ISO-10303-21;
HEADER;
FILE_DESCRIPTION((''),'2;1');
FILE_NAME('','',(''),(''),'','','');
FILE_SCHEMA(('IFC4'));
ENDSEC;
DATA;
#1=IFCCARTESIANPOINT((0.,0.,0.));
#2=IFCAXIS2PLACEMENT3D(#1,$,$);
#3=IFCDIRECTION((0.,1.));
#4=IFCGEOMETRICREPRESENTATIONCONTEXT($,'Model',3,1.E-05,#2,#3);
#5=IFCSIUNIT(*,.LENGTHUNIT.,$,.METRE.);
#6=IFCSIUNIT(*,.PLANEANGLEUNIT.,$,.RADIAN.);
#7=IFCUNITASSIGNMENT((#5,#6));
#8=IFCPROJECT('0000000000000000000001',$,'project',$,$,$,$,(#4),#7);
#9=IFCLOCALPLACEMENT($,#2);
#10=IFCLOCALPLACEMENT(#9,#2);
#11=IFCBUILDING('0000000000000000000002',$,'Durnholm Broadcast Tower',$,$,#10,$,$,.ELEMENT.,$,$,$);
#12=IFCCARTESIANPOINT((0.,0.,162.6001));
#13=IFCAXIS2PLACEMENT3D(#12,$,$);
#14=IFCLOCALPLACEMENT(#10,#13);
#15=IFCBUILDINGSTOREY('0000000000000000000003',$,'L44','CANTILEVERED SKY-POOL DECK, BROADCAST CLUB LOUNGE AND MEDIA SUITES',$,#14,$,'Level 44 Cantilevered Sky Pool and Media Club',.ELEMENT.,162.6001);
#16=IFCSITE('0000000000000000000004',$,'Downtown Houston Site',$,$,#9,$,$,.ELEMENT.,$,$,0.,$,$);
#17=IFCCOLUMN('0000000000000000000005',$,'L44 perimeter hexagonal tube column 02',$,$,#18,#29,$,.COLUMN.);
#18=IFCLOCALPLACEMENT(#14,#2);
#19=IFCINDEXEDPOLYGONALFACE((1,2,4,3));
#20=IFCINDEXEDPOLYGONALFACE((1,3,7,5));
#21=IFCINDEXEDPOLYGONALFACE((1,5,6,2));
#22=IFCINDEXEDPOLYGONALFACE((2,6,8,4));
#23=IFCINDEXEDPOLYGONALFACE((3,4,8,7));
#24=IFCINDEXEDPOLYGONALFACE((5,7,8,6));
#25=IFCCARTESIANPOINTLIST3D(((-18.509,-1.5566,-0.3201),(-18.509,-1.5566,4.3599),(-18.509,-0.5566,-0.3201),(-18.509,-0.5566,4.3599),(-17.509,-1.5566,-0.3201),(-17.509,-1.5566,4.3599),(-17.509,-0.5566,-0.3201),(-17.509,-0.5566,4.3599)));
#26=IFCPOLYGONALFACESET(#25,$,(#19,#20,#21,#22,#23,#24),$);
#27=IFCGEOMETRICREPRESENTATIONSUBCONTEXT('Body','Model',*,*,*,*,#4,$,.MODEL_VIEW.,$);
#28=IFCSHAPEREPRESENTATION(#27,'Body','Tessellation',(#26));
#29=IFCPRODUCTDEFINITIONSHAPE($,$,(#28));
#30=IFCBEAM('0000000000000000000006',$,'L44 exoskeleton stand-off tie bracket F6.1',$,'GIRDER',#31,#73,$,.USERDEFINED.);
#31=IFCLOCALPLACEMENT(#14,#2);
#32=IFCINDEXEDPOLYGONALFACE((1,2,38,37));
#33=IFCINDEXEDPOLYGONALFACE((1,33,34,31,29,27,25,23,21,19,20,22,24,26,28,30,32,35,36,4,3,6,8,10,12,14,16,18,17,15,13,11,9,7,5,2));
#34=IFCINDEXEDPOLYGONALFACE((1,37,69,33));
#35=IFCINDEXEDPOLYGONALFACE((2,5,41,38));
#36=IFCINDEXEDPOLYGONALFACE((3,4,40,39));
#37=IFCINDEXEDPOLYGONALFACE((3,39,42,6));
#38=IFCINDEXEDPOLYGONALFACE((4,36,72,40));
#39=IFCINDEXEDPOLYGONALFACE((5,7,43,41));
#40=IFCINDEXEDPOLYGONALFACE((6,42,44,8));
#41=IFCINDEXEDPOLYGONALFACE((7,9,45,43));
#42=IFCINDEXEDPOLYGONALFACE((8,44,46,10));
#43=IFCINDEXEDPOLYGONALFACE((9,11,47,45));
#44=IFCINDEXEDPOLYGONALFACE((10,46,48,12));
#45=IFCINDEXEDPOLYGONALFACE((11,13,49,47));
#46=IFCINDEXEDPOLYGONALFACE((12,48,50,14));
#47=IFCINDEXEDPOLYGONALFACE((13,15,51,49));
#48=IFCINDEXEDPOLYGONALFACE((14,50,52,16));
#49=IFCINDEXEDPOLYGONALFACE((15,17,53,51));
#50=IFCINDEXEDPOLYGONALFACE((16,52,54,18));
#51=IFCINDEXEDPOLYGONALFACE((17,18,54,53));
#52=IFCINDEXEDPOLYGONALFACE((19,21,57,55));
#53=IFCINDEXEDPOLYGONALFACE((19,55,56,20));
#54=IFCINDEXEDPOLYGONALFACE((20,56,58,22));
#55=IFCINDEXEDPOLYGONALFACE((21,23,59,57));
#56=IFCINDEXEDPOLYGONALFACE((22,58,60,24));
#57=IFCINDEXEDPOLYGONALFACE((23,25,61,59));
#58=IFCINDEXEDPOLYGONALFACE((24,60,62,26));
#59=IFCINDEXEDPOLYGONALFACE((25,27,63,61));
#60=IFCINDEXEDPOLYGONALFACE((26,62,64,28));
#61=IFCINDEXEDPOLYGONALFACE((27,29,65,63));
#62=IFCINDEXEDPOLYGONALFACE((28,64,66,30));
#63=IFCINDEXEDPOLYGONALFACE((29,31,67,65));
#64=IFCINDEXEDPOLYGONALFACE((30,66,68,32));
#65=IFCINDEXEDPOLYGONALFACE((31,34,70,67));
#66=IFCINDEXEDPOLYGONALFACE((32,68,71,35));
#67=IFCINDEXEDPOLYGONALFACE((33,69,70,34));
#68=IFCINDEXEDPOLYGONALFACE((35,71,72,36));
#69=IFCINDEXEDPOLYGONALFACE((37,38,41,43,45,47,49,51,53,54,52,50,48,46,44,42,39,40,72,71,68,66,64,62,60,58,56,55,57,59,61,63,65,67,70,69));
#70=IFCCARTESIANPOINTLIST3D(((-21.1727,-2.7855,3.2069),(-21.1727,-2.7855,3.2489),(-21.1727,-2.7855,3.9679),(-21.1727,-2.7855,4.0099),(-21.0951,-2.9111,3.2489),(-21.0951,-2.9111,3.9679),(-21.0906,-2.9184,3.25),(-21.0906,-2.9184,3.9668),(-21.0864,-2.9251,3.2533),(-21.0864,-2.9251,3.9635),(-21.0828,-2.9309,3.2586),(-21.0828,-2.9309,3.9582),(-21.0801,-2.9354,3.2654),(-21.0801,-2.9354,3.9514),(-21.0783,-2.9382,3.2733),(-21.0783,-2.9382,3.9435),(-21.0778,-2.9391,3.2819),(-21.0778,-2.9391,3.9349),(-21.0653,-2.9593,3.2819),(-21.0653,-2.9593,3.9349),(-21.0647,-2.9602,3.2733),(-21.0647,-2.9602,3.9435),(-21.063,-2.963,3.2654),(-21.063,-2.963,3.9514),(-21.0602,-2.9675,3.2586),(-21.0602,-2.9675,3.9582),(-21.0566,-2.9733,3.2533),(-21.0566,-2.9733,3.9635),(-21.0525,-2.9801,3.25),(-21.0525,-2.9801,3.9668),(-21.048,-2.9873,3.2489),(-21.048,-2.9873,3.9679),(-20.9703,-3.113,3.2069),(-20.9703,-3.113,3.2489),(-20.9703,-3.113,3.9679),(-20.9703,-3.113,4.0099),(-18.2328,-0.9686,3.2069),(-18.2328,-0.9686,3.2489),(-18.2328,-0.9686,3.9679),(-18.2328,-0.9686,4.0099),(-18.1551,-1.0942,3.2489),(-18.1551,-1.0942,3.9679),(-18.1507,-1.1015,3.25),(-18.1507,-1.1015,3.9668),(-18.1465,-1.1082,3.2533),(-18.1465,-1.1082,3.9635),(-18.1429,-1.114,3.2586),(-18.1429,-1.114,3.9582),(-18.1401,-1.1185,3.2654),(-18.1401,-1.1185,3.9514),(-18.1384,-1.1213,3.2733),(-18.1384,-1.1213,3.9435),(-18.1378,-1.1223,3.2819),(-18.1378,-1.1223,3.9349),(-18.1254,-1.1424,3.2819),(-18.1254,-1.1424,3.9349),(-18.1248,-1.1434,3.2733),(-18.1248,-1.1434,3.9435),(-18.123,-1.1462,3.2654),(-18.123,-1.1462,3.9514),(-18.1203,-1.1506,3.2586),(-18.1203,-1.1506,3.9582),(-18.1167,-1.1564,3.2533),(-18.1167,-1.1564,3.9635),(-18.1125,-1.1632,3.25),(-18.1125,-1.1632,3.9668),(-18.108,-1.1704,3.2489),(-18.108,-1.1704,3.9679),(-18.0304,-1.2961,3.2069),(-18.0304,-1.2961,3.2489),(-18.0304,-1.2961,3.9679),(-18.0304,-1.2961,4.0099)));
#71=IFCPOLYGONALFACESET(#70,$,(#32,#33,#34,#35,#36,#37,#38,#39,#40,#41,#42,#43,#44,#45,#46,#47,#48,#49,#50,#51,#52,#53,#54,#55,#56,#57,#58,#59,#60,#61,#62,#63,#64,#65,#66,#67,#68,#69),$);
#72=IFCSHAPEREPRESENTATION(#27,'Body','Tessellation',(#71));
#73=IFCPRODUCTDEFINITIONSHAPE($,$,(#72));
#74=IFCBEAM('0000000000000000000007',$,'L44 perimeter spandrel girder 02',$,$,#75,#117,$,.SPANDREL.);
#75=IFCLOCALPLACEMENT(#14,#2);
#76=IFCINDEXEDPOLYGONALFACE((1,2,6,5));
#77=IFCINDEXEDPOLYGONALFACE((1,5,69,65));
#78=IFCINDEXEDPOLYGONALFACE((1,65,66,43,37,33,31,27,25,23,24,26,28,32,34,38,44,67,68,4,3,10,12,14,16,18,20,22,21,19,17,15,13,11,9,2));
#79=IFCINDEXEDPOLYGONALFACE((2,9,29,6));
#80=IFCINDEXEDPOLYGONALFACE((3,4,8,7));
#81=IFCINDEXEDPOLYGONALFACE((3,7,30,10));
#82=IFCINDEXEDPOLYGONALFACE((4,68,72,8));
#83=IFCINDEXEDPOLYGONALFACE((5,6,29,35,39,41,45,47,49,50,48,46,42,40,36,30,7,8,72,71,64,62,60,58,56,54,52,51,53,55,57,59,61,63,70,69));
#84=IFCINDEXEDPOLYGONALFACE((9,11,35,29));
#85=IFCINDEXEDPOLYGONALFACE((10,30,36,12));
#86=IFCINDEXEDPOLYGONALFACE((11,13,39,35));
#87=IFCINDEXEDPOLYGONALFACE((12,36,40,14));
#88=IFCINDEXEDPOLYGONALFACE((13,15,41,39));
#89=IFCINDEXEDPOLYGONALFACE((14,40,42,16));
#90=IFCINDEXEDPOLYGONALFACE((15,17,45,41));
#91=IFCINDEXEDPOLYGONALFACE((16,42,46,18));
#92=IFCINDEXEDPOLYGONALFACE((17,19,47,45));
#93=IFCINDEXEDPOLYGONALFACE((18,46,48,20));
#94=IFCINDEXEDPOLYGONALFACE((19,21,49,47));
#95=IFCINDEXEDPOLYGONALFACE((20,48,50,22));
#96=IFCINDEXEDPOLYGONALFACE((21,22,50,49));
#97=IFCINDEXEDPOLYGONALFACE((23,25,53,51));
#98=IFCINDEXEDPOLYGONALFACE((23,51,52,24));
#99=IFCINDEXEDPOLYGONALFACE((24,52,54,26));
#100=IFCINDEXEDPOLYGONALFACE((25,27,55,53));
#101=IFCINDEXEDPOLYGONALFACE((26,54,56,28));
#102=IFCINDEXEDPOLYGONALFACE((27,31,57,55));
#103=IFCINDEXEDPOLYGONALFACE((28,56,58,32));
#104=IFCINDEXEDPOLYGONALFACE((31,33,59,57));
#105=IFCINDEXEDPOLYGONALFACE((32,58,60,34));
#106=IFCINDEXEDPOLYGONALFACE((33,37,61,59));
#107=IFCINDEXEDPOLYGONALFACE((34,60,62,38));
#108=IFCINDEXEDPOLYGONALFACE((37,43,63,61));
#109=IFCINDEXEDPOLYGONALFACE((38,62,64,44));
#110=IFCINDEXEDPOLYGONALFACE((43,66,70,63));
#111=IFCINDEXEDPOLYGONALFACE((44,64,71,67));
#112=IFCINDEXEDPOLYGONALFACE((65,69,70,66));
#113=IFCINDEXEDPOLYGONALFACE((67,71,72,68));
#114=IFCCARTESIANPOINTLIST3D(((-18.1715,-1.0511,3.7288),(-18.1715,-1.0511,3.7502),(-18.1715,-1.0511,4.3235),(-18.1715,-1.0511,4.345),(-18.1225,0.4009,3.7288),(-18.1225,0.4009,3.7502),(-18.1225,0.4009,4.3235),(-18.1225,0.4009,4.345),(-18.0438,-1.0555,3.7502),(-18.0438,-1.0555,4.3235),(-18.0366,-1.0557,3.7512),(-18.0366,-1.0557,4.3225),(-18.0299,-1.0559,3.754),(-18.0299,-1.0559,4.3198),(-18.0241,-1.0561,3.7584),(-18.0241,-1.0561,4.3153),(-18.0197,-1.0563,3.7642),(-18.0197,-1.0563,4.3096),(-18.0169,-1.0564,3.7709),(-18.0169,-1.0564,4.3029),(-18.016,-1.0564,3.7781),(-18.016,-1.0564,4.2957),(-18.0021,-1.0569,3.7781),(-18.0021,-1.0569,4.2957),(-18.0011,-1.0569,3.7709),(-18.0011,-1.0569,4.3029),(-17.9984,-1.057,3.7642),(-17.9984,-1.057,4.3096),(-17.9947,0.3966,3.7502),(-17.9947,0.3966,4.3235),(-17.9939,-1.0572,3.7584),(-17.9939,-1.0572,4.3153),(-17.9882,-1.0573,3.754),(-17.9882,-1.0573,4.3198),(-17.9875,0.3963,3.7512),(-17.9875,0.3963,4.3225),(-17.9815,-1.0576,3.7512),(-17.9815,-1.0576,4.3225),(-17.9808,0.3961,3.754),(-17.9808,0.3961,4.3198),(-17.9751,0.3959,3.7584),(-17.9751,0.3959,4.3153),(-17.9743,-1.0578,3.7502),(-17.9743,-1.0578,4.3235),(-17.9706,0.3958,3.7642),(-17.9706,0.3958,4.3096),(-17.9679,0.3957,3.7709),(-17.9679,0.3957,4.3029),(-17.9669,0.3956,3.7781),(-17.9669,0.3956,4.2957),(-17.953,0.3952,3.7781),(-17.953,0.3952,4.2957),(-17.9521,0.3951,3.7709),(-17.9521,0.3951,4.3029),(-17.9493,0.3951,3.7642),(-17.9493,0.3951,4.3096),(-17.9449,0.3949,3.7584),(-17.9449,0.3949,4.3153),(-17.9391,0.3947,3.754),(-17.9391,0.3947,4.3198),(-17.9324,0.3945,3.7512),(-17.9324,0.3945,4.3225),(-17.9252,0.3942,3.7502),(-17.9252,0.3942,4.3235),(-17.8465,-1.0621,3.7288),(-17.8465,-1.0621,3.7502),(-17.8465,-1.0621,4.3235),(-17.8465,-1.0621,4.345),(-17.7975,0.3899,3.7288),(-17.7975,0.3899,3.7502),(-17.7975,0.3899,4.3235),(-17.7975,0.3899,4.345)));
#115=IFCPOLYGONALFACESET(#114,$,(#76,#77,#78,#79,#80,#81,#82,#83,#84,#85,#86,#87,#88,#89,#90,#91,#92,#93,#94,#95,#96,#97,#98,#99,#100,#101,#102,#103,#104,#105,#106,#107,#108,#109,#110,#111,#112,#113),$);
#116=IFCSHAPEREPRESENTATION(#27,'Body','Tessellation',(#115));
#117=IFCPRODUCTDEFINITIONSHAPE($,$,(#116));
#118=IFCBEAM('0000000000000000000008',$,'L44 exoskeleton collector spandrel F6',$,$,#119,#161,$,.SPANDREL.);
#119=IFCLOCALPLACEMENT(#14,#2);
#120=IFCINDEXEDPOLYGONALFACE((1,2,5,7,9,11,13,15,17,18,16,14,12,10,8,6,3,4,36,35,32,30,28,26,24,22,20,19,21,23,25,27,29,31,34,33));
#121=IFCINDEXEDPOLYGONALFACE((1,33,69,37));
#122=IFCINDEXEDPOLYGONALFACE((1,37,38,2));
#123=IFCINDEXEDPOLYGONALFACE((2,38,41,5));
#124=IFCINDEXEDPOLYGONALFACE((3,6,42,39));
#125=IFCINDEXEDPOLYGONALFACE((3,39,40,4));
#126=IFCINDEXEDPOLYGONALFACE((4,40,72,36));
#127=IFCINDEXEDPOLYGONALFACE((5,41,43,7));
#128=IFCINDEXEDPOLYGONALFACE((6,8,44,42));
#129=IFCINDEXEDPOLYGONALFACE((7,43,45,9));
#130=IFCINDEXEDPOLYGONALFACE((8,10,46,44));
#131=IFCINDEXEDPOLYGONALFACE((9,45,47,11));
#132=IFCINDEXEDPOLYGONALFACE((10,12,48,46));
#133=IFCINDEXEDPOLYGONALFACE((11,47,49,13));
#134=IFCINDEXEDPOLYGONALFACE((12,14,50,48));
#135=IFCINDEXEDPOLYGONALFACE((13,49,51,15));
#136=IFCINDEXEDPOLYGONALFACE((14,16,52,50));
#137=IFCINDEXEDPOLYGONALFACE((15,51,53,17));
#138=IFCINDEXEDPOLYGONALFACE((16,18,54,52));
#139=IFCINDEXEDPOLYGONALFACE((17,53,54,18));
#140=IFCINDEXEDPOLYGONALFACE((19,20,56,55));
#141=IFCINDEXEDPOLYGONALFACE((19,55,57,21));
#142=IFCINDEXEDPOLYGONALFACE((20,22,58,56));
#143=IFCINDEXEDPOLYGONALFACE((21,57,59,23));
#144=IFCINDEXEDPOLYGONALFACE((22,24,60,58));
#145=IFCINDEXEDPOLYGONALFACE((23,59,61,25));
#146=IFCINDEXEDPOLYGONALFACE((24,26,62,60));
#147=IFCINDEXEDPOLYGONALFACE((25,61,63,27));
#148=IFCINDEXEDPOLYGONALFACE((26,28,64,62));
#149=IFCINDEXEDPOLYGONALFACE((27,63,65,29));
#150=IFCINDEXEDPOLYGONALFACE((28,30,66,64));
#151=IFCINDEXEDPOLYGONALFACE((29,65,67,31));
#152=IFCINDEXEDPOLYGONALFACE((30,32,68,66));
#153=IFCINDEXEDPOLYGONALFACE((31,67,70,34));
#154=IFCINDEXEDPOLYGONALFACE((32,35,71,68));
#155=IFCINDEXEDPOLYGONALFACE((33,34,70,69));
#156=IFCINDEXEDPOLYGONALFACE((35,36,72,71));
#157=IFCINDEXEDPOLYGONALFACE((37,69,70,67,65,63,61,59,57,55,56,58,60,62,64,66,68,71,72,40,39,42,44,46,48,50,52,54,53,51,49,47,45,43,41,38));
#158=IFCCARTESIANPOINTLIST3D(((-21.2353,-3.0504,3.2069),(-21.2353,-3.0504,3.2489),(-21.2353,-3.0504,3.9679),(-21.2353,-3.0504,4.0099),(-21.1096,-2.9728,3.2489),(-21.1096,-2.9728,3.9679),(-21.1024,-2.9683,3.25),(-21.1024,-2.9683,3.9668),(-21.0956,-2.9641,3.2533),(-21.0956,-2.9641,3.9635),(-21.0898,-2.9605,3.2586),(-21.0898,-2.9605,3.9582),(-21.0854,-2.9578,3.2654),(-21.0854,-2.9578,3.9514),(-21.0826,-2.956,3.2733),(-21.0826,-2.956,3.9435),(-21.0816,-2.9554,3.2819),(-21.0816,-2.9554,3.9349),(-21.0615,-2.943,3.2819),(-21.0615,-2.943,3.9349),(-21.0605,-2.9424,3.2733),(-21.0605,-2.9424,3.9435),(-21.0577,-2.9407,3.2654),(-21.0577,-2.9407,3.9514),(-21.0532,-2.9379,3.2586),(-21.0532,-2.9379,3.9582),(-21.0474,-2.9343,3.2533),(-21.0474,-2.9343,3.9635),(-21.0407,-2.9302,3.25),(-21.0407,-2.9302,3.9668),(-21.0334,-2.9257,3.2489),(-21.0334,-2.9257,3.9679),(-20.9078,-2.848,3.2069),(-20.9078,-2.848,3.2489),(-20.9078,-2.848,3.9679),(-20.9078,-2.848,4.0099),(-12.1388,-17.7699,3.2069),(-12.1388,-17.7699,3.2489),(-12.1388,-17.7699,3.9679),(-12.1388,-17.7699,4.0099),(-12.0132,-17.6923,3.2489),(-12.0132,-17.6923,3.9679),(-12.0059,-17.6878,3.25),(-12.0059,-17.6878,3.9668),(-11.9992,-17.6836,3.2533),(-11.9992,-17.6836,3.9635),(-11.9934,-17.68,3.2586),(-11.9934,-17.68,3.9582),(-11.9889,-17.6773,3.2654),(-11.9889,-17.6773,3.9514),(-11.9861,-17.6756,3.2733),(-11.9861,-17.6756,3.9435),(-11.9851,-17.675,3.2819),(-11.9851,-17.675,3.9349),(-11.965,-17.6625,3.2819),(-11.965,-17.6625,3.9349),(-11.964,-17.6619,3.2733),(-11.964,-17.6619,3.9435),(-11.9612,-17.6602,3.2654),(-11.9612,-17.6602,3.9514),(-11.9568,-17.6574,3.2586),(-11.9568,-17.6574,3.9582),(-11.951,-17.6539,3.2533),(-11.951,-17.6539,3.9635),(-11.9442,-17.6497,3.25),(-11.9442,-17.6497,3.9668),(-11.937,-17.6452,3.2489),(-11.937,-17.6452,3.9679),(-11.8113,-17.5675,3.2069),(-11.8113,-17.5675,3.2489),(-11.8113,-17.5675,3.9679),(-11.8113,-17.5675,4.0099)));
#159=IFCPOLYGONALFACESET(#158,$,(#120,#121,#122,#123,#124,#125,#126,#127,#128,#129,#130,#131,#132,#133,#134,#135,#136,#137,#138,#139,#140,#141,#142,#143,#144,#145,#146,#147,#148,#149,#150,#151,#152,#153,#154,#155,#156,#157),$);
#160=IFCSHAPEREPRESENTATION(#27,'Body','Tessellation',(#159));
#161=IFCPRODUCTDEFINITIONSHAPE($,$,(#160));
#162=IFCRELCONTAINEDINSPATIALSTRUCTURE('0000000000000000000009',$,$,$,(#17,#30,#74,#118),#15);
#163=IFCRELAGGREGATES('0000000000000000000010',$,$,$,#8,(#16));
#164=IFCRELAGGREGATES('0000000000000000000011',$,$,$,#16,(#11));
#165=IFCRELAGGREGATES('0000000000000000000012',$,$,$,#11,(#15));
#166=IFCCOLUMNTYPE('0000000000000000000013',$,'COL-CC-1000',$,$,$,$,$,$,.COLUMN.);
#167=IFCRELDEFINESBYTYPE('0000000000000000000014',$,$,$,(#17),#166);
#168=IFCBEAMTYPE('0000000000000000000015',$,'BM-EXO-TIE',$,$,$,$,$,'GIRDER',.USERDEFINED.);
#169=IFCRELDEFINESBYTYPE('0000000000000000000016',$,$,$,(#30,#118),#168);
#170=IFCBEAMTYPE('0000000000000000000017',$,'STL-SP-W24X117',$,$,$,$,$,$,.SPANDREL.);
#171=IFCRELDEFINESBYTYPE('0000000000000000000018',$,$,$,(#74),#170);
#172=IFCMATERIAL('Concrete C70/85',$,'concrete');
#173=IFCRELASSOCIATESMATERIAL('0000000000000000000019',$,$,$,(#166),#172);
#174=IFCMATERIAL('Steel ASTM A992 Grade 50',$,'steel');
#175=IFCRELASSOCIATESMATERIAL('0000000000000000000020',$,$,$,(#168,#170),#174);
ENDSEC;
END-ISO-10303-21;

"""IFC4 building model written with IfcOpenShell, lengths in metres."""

from ifc_helpers import new_model, si_unit, direction, frame, origin, origin_2d, place, context, subcontext, project, spatial, rectangle, i_section, extrude, source, transform, mapped, material, material_profile, profile_set, type_object, type_shapes, element, save


model = new_model("IFC4")

# Units and contexts
model_context = context("Model", 3, precision=1e-05, world=origin(), true_north=direction((0.0, 1.0)))
body_context = subcontext(model_context, "Body", "Model", "MODEL_VIEW")
ifc_project = project(units=[si_unit("LENGTHUNIT", "METRE"), si_unit("PLANEANGLEUNIT", "RADIAN")], contexts=[model_context])

# Site, building, storey
site_placement = place(None, origin())
site = spatial("IfcSite", under=ifc_project, at=site_placement, Name="Downtown Houston Site", CompositionType="ELEMENT", RefElevation=0.0)
building_placement = place(site_placement, origin())
building = spatial("IfcBuilding", under=site, at=building_placement, Name="Durnholm Broadcast Tower", CompositionType="ELEMENT")
storey_placement = place(building_placement, frame((0.0, 0.0, 162.6001)))
storey = spatial("IfcBuildingStorey", under=building, at=storey_placement, Name="L44", Description="CANTILEVERED SKY-POOL DECK, BROADCAST CLUB LOUNGE AND MEDIA SUITES", LongName="Level 44 Cantilevered Sky Pool and Media Club", CompositionType="ELEMENT", Elevation=162.6001)

# Column
ifc_material_1 = material(Name="Concrete C70/85", Category="concrete")
ifc_material_profile_1 = material_profile(ifc_material_1, rectangle(XDim=1.0, YDim=1.0, at=origin_2d()), Name="RC1000X1000")
ifc_profile_set_1 = profile_set([ifc_material_profile_1], Name="Concrete C70/85")
column_type = type_object("IfcColumnType", Name="COL-CC-1000", PredefinedType="COLUMN", material=ifc_profile_set_1)
shared_shape_1 = source(origin(), body_context, "Body", "SweptSolid", [
    extrude(rectangle(XDim=1.0, YDim=1.0, at=origin_2d()), origin(), (0.0, 0.0, 1.0), 4.6799),
])
type_shapes(column_type, [shared_shape_1])
column_placement = place(storey_placement, frame((-18.009, -1.0566, -0.3201), z_axis=(0.0, 0.0, 1.0), x_axis=(1.0, 0.0, 0.0)))
element("IfcColumn", 1, at=column_placement, inside=storey, type_object=column_type, Name="L44 perimeter hexagonal tube column 02", PredefinedType="COLUMN", context=body_context, shape_type="MappedRepresentation", body=[
    mapped(shared_shape_1, transform((0.0, 0.0, 0.0), x_axis=(1.0, 0.0, 0.0), y_axis=(0.0, 1.0, 0.0), z_axis=(0.0, 0.0, 1.0), scale=1.0)),
])

# Beams
ifc_material_2 = material(Name="Steel ASTM A992 Grade 50", Category="steel")
ifc_material_profile_2 = material_profile(ifc_material_2, i_section(OverallWidth=0.385, OverallDepth=0.803, WebThickness=0.0237, FlangeThickness=0.042, FilletRadius=0.033, at=origin_2d()), Name="W30X261")
ifc_profile_set_2 = profile_set([ifc_material_profile_2], Name="Steel ASTM A992 Grade 50")
beam_type_1 = type_object("IfcBeamType", Name="BM-EXO-TIE", ElementType="GIRDER", PredefinedType="USERDEFINED", material=ifc_profile_set_2)
shared_shape_2 = source(origin(), body_context, "Body", "SweptSolid", [
    extrude(i_section(OverallWidth=0.385, OverallDepth=0.803, WebThickness=0.0237, FlangeThickness=0.042, FilletRadius=0.033, at=origin_2d()), origin(), (0.0, 0.0, 1.0), 3.4561),
])
beam_1_placement = place(storey_placement, frame((-18.1316, -1.1323, 3.6084), z_axis=(-0.850662, -0.525712, 0.0), x_axis=(0.525712, -0.850662, 0.0)))
element("IfcBeam", 2, at=beam_1_placement, inside=storey, type_object=beam_type_1, Name="L44 exoskeleton stand-off tie bracket F6.1", ObjectType="GIRDER", PredefinedType="USERDEFINED", context=body_context, shape_type="MappedRepresentation", body=[
    mapped(shared_shape_2, transform((0.0, 0.0, 0.0), x_axis=(1.0, 0.0, 0.0), y_axis=(0.0, 1.0, 0.0), z_axis=(0.0, 0.0, 1.0), scale=1.0)),
])
ifc_material_profile_3 = material_profile(ifc_material_2, i_section(OverallWidth=0.3252, OverallDepth=0.6162, WebThickness=0.0139, FlangeThickness=0.0215, FilletRadius=0.0278, at=origin_2d()), Name="W24X117")
ifc_profile_set_3 = profile_set([ifc_material_profile_3], Name="Steel ASTM A992 Grade 50")
beam_type_2 = type_object("IfcBeamType", Name="STL-SP-W24X117", PredefinedType="SPANDREL", material=ifc_profile_set_3)
shared_shape_3 = source(origin(), body_context, "Body", "SweptSolid", [
    extrude(i_section(OverallWidth=0.3252, OverallDepth=0.6162, WebThickness=0.0139, FlangeThickness=0.0215, FilletRadius=0.0278, at=origin_2d()), origin(), (0.0, 0.0, 1.0), 1.4529),
])
type_shapes(beam_type_2, [shared_shape_3])
beam_2_placement = place(storey_placement, frame((-18.009, -1.0566, 4.0369), z_axis=(0.033774, 0.99943, 0.0), x_axis=(-0.99943, 0.033774, 0.0)))
element("IfcBeam", 3, at=beam_2_placement, inside=storey, type_object=beam_type_2, Name="L44 perimeter spandrel girder 02", PredefinedType="SPANDREL", context=body_context, shape_type="MappedRepresentation", body=[
    mapped(shared_shape_3, transform((0.0, 0.0, 0.0), x_axis=(1.0, 0.0, 0.0), y_axis=(0.0, 1.0, 0.0), z_axis=(0.0, 0.0, 1.0), scale=1.0)),
])
shared_shape_4 = source(origin(), body_context, "Body", "SweptSolid", [
    extrude(i_section(OverallWidth=0.385, OverallDepth=0.803, WebThickness=0.0237, FlangeThickness=0.042, FilletRadius=0.033, at=origin_2d()), origin(), (0.0, 0.0, 1.0), 17.3035),
])
type_shapes(beam_type_1, [shared_shape_2, shared_shape_4])
beam_3_placement = place(storey_placement, frame((-21.0715, -2.9492, 3.6084), z_axis=(0.525702, -0.850669, 0.0), x_axis=(0.850669, 0.525702, 0.0)))
element("IfcBeam", 4, at=beam_3_placement, inside=storey, type_object=beam_type_1, Name="L44 exoskeleton collector spandrel F6", PredefinedType="SPANDREL", context=body_context, shape_type="MappedRepresentation", body=[
    mapped(shared_shape_4, transform((0.0, 0.0, 0.0), x_axis=(1.0, 0.0, 0.0), y_axis=(0.0, 1.0, 0.0), z_axis=(0.0, 0.0, 1.0), scale=1.0)),
])

save(model, "model.ifc")
